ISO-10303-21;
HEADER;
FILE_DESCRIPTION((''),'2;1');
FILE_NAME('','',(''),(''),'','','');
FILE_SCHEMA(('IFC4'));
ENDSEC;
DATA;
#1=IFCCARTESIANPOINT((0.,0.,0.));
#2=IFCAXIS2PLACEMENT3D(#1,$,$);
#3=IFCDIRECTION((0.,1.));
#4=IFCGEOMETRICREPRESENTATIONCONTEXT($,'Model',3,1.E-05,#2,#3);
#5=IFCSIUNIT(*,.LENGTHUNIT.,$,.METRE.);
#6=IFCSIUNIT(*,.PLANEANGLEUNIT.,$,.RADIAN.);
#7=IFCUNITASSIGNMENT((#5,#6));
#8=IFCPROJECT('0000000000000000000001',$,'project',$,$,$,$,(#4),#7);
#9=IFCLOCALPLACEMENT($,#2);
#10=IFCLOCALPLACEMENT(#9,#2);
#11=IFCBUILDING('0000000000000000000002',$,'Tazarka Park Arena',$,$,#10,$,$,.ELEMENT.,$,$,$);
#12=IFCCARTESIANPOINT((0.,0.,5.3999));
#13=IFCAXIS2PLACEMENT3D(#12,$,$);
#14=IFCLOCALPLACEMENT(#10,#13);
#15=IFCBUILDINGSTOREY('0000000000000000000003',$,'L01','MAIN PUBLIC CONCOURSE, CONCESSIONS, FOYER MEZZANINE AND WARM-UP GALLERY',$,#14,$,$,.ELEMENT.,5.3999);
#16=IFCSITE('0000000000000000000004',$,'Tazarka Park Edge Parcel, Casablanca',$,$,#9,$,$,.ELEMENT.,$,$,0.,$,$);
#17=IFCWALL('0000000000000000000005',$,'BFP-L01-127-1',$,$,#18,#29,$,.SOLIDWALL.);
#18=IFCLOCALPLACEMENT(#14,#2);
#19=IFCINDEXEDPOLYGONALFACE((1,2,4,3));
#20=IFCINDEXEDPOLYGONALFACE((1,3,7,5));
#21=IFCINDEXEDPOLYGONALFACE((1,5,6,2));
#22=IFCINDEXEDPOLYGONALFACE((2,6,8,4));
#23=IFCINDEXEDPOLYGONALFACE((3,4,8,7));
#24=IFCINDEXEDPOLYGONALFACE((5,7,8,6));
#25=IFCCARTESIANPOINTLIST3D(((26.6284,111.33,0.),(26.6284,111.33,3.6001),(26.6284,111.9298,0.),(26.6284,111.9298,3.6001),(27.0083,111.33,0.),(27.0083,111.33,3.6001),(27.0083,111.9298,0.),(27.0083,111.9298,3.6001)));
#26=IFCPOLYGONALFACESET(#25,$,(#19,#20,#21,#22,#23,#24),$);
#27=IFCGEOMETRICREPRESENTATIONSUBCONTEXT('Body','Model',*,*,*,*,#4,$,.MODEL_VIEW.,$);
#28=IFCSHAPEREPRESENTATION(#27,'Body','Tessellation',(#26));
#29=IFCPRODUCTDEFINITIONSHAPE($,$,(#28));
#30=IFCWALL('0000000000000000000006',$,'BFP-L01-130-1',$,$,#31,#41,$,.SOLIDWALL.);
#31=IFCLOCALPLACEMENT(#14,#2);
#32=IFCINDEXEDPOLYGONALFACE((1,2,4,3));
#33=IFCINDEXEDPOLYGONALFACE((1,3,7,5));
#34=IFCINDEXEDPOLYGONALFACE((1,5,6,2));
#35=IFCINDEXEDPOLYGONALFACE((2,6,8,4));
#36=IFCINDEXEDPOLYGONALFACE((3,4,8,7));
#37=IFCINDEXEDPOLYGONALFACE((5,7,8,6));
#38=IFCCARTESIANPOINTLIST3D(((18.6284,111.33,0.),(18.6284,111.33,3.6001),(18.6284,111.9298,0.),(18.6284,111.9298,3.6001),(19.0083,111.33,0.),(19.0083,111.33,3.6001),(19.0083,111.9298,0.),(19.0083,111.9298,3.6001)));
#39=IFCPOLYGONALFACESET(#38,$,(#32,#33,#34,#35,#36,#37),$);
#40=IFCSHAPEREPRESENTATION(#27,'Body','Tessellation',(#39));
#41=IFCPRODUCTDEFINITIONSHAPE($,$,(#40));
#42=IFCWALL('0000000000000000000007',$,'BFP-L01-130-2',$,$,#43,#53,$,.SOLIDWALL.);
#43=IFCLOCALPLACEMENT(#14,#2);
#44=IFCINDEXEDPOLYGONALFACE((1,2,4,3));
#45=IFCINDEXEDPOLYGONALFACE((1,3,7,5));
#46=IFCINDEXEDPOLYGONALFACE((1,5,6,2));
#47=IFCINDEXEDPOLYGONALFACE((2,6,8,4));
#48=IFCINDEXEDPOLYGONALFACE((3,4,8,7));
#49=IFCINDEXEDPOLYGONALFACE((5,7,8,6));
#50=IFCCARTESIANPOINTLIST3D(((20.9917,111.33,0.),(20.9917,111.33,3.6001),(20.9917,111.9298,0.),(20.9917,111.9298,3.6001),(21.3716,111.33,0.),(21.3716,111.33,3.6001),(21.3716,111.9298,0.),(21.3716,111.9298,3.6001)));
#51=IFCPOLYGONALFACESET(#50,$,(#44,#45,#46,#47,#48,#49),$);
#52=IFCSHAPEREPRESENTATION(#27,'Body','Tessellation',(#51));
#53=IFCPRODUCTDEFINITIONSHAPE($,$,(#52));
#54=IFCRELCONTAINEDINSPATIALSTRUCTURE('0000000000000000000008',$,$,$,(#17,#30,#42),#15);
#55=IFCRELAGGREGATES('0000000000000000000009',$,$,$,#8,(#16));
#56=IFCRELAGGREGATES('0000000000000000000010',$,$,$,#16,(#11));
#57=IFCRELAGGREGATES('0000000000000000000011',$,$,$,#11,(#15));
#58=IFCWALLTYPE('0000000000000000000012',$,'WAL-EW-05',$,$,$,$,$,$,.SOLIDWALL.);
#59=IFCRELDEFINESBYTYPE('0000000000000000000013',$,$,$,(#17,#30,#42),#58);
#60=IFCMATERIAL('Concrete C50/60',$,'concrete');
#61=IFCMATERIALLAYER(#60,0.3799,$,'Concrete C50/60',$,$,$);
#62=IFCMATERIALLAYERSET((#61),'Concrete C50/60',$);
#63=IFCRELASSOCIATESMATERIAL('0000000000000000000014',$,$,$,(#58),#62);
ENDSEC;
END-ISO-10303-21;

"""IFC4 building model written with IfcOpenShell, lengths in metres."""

from ifc_helpers import new_model, si_unit, direction, frame, frame_2d, origin, place, context, subcontext, project, spatial, rectangle, extrude, material, layer, layer_set, type_object, element, save


model = new_model("IFC4")

# Units and contexts
model_context = context("Model", 3, precision=1e-05, world=origin(), true_north=direction((0.0, 1.0)))
body_context = subcontext(model_context, "Body", "Model", "MODEL_VIEW")
ifc_project = project(units=[si_unit("LENGTHUNIT", "METRE"), si_unit("PLANEANGLEUNIT", "RADIAN")], contexts=[model_context])

# Site, building, storey
site_placement = place(None, origin())
site = spatial("IfcSite", under=ifc_project, at=site_placement, Name="Tazarka Park Edge Parcel, Casablanca", CompositionType="ELEMENT", RefElevation=0.0)
building_placement = place(site_placement, origin())
building = spatial("IfcBuilding", under=site, at=building_placement, Name="Tazarka Park Arena", CompositionType="ELEMENT")
storey_placement = place(building_placement, frame((0.0, 0.0, 5.3999)))
storey = spatial("IfcBuildingStorey", under=building, at=storey_placement, Name="L01", Description="MAIN PUBLIC CONCOURSE, CONCESSIONS, FOYER MEZZANINE AND WARM-UP GALLERY", CompositionType="ELEMENT", Elevation=5.3999)

# Walls
ifc_material_1 = material(Name="Concrete C50/60", Category="concrete")
ifc_layer_1 = layer(ifc_material_1, 0.3799, Name="Concrete C50/60")
ifc_layer_set_1 = layer_set([ifc_layer_1], Name="Concrete C50/60")
wall_type_1 = type_object("IfcWallType", Name="WAL-EW-05", PredefinedType="SOLIDWALL", material=ifc_layer_set_1)
for number, where, z_axis, x_axis, name in (
    (1, (26.8184, 111.3301, 0.0), (0.0, 0.0, 1.0), (0.0, 1.0, 0.0), "BFP-L01-127-1"),
    (2, (18.8184, 111.3301, 0.0), (0.0, 0.0, 1.0), (0.0, 1.0, 0.0), "BFP-L01-130-1"),
    (3, (21.1816, 111.3301, 0.0), (0.0, 0.0, 1.0), (0.0, 1.0, 0.0), "BFP-L01-130-2"),
):
    element("IfcWall", number, at=place(storey_placement, frame(where, z_axis=z_axis, x_axis=x_axis)), inside=storey, type_object=wall_type_1, Name=name, PredefinedType="SOLIDWALL", context=body_context, shape_type="SweptSolid", body=[
        extrude(rectangle(XDim=0.5999, YDim=0.3799, at=frame_2d((0.2998, 0.0))), origin(), (0.0, 0.0, 1.0), 3.6001),
    ])

save(model, "model.ifc")
